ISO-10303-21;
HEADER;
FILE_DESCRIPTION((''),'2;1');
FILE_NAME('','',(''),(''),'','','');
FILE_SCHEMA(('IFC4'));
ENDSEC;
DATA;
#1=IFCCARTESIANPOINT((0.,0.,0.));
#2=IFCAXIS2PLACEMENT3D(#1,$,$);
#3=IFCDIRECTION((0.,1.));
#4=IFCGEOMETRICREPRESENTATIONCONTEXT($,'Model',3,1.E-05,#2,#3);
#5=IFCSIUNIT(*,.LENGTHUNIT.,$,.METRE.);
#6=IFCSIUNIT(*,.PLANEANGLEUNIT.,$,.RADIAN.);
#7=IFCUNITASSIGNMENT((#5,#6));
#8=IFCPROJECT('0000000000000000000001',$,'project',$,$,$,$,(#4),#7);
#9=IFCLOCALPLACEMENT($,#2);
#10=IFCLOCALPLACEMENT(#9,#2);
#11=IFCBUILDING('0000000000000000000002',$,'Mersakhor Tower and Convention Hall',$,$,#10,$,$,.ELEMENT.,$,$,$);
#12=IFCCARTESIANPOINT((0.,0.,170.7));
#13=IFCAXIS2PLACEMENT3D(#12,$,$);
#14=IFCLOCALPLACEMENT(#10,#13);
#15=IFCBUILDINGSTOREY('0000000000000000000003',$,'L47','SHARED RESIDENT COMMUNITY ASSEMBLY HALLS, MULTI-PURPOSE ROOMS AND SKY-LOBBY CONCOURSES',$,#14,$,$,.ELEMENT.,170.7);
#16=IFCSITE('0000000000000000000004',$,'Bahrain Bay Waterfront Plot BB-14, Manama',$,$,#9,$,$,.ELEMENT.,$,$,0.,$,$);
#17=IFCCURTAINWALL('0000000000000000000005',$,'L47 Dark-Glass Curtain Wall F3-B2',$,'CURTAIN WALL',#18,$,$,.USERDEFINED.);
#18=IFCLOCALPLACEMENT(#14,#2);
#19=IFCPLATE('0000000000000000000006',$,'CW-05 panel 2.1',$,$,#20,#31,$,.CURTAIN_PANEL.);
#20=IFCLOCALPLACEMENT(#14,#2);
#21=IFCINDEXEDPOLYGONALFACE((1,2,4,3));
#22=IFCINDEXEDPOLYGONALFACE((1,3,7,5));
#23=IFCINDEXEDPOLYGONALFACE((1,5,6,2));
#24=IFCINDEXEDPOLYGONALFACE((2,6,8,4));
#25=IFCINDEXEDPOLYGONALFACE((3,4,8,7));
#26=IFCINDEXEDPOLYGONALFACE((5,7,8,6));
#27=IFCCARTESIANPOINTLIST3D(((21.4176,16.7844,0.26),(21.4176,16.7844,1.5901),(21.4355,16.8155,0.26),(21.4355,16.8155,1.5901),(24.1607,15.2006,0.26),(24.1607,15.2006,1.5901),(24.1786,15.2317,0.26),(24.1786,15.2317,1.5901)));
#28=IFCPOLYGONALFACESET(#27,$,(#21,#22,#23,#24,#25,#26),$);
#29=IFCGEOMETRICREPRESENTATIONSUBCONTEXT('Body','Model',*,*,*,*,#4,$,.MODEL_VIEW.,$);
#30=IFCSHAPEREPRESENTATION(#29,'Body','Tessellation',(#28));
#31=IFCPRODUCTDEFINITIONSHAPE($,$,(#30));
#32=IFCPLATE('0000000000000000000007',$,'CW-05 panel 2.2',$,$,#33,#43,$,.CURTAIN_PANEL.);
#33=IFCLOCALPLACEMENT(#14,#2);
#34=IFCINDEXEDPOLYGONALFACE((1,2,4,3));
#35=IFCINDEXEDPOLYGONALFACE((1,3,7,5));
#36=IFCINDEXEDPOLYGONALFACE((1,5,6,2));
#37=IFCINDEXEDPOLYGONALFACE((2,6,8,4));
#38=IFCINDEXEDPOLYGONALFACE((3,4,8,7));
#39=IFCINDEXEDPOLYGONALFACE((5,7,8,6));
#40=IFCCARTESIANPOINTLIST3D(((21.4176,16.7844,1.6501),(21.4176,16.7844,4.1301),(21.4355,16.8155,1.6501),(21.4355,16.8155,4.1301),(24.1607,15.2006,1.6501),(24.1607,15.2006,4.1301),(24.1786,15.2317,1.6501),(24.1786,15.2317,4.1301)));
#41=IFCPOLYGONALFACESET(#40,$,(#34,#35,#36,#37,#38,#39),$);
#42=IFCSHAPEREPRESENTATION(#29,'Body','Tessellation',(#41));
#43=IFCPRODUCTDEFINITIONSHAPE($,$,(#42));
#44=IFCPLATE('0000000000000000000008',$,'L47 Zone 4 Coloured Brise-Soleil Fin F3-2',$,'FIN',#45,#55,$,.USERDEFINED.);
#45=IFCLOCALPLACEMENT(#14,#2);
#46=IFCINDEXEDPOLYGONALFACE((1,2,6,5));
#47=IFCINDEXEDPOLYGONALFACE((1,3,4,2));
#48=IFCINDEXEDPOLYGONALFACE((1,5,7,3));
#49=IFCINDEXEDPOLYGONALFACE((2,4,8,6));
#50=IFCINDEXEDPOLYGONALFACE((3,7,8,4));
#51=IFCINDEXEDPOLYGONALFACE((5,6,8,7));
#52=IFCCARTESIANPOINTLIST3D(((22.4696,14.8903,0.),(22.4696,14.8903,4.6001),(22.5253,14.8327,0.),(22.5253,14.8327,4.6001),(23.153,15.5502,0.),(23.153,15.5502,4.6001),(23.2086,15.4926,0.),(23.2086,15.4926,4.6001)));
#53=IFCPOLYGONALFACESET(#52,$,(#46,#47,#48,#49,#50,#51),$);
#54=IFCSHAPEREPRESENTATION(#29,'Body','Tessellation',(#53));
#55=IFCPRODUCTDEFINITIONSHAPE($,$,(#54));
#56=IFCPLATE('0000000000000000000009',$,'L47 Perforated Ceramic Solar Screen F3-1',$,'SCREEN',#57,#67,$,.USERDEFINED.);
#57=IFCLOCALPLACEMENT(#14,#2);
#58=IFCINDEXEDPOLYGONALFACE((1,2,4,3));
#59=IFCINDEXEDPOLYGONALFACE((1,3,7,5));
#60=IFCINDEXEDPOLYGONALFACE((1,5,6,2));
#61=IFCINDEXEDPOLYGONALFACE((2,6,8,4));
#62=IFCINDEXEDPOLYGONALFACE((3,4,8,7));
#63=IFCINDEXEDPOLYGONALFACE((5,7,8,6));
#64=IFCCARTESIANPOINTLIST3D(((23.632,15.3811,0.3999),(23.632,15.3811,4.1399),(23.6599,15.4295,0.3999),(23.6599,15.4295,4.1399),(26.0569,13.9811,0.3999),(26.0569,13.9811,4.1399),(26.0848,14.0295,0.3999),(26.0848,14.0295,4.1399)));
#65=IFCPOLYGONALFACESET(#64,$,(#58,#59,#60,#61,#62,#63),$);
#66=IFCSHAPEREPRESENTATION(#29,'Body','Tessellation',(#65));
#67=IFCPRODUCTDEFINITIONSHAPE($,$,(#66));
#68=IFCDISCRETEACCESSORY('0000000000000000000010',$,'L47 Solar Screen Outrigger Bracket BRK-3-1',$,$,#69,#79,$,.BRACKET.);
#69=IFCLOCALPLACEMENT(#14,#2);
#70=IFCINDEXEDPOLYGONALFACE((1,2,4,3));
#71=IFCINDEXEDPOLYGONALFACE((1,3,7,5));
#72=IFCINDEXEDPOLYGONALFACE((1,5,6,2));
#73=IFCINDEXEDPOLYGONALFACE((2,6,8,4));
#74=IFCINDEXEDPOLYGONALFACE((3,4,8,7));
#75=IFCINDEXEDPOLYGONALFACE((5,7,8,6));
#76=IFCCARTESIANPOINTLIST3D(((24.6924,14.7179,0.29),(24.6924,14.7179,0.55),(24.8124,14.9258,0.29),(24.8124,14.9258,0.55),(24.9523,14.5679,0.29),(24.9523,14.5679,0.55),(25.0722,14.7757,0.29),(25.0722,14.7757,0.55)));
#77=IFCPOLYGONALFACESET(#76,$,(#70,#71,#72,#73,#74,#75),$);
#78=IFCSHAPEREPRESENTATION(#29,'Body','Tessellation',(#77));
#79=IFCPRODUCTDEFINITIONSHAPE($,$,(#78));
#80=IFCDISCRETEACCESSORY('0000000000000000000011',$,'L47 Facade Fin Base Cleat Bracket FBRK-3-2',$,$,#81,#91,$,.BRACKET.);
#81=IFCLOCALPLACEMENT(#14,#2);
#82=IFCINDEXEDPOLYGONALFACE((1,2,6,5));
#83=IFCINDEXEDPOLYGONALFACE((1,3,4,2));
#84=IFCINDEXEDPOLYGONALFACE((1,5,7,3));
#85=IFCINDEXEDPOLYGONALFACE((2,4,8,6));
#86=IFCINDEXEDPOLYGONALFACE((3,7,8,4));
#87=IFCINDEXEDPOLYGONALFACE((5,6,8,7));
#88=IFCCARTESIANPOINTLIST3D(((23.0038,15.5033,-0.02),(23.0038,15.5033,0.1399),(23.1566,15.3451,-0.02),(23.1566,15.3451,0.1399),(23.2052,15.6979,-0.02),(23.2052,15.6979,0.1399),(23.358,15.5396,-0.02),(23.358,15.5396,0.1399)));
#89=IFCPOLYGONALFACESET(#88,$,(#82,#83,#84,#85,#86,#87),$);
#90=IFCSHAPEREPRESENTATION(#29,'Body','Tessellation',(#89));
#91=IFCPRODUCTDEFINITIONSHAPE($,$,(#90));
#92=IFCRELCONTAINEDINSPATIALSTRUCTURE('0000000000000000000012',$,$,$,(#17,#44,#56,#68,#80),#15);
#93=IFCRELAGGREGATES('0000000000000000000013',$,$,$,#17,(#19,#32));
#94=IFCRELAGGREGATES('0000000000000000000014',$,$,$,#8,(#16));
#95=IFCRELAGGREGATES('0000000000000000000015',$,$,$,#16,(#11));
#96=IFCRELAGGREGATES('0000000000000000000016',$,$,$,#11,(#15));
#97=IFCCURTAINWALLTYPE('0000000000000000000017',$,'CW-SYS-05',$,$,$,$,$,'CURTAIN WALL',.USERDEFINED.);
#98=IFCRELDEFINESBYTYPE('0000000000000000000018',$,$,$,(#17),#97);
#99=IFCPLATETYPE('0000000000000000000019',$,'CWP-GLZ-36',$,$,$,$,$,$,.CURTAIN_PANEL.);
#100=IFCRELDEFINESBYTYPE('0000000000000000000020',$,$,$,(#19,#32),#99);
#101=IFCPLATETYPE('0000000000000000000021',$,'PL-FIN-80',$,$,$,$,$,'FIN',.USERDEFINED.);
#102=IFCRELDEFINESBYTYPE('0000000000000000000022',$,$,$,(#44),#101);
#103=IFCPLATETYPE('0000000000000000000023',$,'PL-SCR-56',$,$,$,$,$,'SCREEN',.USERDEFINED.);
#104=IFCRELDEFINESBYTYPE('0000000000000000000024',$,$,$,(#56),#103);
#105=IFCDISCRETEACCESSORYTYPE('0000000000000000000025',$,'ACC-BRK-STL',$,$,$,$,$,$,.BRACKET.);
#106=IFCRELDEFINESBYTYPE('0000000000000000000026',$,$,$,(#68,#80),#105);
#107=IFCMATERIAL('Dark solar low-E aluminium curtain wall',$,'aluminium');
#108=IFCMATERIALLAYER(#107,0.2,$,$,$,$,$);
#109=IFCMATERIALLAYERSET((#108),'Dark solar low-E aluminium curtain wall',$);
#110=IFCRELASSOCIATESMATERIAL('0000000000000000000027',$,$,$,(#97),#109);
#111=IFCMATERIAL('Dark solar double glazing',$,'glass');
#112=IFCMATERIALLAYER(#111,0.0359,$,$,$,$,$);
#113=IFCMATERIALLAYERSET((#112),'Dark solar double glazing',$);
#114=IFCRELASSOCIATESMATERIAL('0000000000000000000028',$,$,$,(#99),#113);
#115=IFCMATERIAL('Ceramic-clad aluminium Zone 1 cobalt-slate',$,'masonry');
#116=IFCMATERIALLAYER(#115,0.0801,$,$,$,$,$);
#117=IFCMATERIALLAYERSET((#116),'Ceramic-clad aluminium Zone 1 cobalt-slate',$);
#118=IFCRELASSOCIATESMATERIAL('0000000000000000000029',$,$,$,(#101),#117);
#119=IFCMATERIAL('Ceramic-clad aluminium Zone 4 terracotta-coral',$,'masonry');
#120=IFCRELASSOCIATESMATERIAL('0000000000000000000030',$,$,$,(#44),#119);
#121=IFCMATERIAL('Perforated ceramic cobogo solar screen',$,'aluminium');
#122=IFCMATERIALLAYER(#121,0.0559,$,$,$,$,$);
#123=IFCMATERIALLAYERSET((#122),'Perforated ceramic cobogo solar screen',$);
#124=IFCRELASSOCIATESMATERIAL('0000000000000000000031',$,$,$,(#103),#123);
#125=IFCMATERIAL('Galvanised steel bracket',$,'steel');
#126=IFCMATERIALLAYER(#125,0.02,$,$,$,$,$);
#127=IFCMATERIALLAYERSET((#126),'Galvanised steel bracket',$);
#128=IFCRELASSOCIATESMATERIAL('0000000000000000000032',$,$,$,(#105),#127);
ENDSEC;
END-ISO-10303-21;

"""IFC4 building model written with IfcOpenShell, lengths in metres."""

from ifc_helpers import new_model, si_unit, direction, frame, origin, origin_2d, place, context, subcontext, project, spatial, rectangle, extrude, material, layer, layer_set, type_object, element, aggregate, save


model = new_model("IFC4")

# Units and contexts
model_context = context("Model", 3, precision=1e-05, world=origin(), true_north=direction((0.0, 1.0)))
body_context = subcontext(model_context, "Body", "Model", "MODEL_VIEW")
ifc_project = project(units=[si_unit("LENGTHUNIT", "METRE"), si_unit("PLANEANGLEUNIT", "RADIAN")], contexts=[model_context])

# Site, building, storey
site_placement = place(None, origin())
site = spatial("IfcSite", under=ifc_project, at=site_placement, Name="Bahrain Bay Waterfront Plot BB-14, Manama", CompositionType="ELEMENT", RefElevation=0.0)
building_placement = place(site_placement, origin())
building = spatial("IfcBuilding", under=site, at=building_placement, Name="Mersakhor Tower and Convention Hall", CompositionType="ELEMENT")
storey_placement = place(building_placement, frame((0.0, 0.0, 170.7)))
storey = spatial("IfcBuildingStorey", under=building, at=storey_placement, Name="L47", Description="SHARED RESIDENT COMMUNITY ASSEMBLY HALLS, MULTI-PURPOSE ROOMS AND SKY-LOBBY CONCOURSES", CompositionType="ELEMENT", Elevation=170.7)

# Curtain wall, plates
ifc_material_1 = material(Name="Dark solar low-E aluminium curtain wall", Category="aluminium")
ifc_layer_1 = layer(ifc_material_1, 0.2)
ifc_layer_set_1 = layer_set([ifc_layer_1], Name="Dark solar low-E aluminium curtain wall")
curtain_wall_type = type_object("IfcCurtainWallType", Name="CW-SYS-05", ElementType="CURTAIN WALL", PredefinedType="USERDEFINED", material=ifc_layer_set_1)
curtain_wall_placement = place(storey_placement, origin())
curtain_wall = element("IfcCurtainWall", 1, at=curtain_wall_placement, inside=storey, type_object=curtain_wall_type, Name="L47 Dark-Glass Curtain Wall F3-B2", ObjectType="CURTAIN WALL", PredefinedType="USERDEFINED")
ifc_material_2 = material(Name="Dark solar double glazing", Category="glass")
ifc_layer_2 = layer(ifc_material_2, 0.0359)
ifc_layer_set_2 = layer_set([ifc_layer_2], Name="Dark solar double glazing")
plate_type_1 = type_object("IfcPlateType", Name="CWP-GLZ-36", PredefinedType="CURTAIN_PANEL", material=ifc_layer_set_2)
plate_1_placement = place(storey_placement, frame((22.7981, 16.0081, 0.26), z_axis=(0.0, 0.0, 1.0), x_axis=(-0.866026, 0.499998, 0.0)))
plate_1 = element("IfcPlate", 2, at=plate_1_placement, type_object=plate_type_1, Name="CW-05 panel 2.1", PredefinedType="CURTAIN_PANEL", context=body_context, shape_type="SweptSolid", body=[
    extrude(rectangle(XDim=3.1675, YDim=0.0359, at=origin_2d()), origin(), (0.0, 0.0, 1.0), 1.3301),
])
plate_2_placement = place(storey_placement, frame((22.7981, 16.0081, 1.6501), z_axis=(0.0, 0.0, 1.0), x_axis=(-0.866026, 0.499998, 0.0)))
plate_2 = element("IfcPlate", 3, at=plate_2_placement, type_object=plate_type_1, Name="CW-05 panel 2.2", PredefinedType="CURTAIN_PANEL", context=body_context, shape_type="SweptSolid", body=[
    extrude(rectangle(XDim=3.1675, YDim=0.0359, at=origin_2d()), origin(), (0.0, 0.0, 1.0), 2.48),
])
aggregate(curtain_wall, [plate_1, plate_2])

# Plates
ifc_material_3 = material(Name="Ceramic-clad aluminium Zone 4 terracotta-coral", Category="masonry")
ifc_material_4 = material(Name="Ceramic-clad aluminium Zone 1 cobalt-slate", Category="masonry")
ifc_layer_3 = layer(ifc_material_4, 0.0801)
ifc_layer_set_3 = layer_set([ifc_layer_3], Name="Ceramic-clad aluminium Zone 1 cobalt-slate")
plate_type_2 = type_object("IfcPlateType", Name="PL-FIN-80", ElementType="FIN", PredefinedType="USERDEFINED", material=ifc_layer_set_3)
plate_3_placement = place(storey_placement, frame((22.8391, 15.1914, 0.0), z_axis=(0.0, 0.0, 1.0), x_axis=(-0.71934, -0.694658, 0.0)))
element("IfcPlate", 4, at=plate_3_placement, inside=storey, type_object=plate_type_2, material=ifc_material_3, Name="L47 Zone 4 Coloured Brise-Soleil Fin F3-2", ObjectType="FIN", PredefinedType="USERDEFINED", context=body_context, shape_type="SweptSolid", body=[
    extrude(rectangle(XDim=0.95, YDim=0.0801, at=origin_2d()), origin(), (0.0, 0.0, 1.0), 4.6001),
])
ifc_material_5 = material(Name="Perforated ceramic cobogo solar screen", Category="aluminium")
ifc_layer_4 = layer(ifc_material_5, 0.0559)
ifc_layer_set_4 = layer_set([ifc_layer_4], Name="Perforated ceramic cobogo solar screen")
plate_type_3 = type_object("IfcPlateType", Name="PL-SCR-56", ElementType="SCREEN", PredefinedType="USERDEFINED", material=ifc_layer_set_4)
plate_4_placement = place(storey_placement, frame((24.8584, 14.7053, 0.3999), z_axis=(0.0, 0.0, 1.0), x_axis=(-0.866025, 0.5, 0.0)))
element("IfcPlate", 5, at=plate_4_placement, inside=storey, type_object=plate_type_3, Name="L47 Perforated Ceramic Solar Screen F3-1", ObjectType="SCREEN", PredefinedType="USERDEFINED", context=body_context, shape_type="SweptSolid", body=[
    extrude(rectangle(XDim=2.8, YDim=0.0559, at=origin_2d()), origin(), (0.0, 0.0, 1.0), 3.74),
])

# Discrete accessories
ifc_material_6 = material(Name="Galvanised steel bracket", Category="steel")
ifc_layer_5 = layer(ifc_material_6, 0.02)
ifc_layer_set_5 = layer_set([ifc_layer_5], Name="Galvanised steel bracket")
discrete_accessory_type = type_object("IfcDiscreteAccessoryType", Name="ACC-BRK-STL", PredefinedType="BRACKET", material=ifc_layer_set_5)
discrete_accessory_1_placement = place(storey_placement, frame((24.8823, 14.7468, 0.29), z_axis=(0.0, 0.0, 1.0), x_axis=(-0.866025, 0.5, 0.0)))
element("IfcDiscreteAccessory", 6, at=discrete_accessory_1_placement, inside=storey, type_object=discrete_accessory_type, Name="L47 Solar Screen Outrigger Bracket BRK-3-1", PredefinedType="BRACKET", context=body_context, shape_type="SweptSolid", body=[
    extrude(rectangle(XDim=0.3, YDim=0.24, at=origin_2d()), origin(), (0.0, 0.0, 1.0), 0.26),
])
discrete_accessory_2_placement = place(storey_placement, frame((23.1809, 15.5215, -0.02), z_axis=(0.0, 0.0, 1.0), x_axis=(-0.71934, -0.694658, 0.0)))
element("IfcDiscreteAccessory", 7, at=discrete_accessory_2_placement, inside=storey, type_object=discrete_accessory_type, Name="L47 Facade Fin Base Cleat Bracket FBRK-3-2", PredefinedType="BRACKET", context=body_context, shape_type="SweptSolid", body=[
    extrude(rectangle(XDim=0.28, YDim=0.22, at=origin_2d()), origin(), (0.0, 0.0, 1.0), 0.1599),
])

save(model, "model.ifc")
